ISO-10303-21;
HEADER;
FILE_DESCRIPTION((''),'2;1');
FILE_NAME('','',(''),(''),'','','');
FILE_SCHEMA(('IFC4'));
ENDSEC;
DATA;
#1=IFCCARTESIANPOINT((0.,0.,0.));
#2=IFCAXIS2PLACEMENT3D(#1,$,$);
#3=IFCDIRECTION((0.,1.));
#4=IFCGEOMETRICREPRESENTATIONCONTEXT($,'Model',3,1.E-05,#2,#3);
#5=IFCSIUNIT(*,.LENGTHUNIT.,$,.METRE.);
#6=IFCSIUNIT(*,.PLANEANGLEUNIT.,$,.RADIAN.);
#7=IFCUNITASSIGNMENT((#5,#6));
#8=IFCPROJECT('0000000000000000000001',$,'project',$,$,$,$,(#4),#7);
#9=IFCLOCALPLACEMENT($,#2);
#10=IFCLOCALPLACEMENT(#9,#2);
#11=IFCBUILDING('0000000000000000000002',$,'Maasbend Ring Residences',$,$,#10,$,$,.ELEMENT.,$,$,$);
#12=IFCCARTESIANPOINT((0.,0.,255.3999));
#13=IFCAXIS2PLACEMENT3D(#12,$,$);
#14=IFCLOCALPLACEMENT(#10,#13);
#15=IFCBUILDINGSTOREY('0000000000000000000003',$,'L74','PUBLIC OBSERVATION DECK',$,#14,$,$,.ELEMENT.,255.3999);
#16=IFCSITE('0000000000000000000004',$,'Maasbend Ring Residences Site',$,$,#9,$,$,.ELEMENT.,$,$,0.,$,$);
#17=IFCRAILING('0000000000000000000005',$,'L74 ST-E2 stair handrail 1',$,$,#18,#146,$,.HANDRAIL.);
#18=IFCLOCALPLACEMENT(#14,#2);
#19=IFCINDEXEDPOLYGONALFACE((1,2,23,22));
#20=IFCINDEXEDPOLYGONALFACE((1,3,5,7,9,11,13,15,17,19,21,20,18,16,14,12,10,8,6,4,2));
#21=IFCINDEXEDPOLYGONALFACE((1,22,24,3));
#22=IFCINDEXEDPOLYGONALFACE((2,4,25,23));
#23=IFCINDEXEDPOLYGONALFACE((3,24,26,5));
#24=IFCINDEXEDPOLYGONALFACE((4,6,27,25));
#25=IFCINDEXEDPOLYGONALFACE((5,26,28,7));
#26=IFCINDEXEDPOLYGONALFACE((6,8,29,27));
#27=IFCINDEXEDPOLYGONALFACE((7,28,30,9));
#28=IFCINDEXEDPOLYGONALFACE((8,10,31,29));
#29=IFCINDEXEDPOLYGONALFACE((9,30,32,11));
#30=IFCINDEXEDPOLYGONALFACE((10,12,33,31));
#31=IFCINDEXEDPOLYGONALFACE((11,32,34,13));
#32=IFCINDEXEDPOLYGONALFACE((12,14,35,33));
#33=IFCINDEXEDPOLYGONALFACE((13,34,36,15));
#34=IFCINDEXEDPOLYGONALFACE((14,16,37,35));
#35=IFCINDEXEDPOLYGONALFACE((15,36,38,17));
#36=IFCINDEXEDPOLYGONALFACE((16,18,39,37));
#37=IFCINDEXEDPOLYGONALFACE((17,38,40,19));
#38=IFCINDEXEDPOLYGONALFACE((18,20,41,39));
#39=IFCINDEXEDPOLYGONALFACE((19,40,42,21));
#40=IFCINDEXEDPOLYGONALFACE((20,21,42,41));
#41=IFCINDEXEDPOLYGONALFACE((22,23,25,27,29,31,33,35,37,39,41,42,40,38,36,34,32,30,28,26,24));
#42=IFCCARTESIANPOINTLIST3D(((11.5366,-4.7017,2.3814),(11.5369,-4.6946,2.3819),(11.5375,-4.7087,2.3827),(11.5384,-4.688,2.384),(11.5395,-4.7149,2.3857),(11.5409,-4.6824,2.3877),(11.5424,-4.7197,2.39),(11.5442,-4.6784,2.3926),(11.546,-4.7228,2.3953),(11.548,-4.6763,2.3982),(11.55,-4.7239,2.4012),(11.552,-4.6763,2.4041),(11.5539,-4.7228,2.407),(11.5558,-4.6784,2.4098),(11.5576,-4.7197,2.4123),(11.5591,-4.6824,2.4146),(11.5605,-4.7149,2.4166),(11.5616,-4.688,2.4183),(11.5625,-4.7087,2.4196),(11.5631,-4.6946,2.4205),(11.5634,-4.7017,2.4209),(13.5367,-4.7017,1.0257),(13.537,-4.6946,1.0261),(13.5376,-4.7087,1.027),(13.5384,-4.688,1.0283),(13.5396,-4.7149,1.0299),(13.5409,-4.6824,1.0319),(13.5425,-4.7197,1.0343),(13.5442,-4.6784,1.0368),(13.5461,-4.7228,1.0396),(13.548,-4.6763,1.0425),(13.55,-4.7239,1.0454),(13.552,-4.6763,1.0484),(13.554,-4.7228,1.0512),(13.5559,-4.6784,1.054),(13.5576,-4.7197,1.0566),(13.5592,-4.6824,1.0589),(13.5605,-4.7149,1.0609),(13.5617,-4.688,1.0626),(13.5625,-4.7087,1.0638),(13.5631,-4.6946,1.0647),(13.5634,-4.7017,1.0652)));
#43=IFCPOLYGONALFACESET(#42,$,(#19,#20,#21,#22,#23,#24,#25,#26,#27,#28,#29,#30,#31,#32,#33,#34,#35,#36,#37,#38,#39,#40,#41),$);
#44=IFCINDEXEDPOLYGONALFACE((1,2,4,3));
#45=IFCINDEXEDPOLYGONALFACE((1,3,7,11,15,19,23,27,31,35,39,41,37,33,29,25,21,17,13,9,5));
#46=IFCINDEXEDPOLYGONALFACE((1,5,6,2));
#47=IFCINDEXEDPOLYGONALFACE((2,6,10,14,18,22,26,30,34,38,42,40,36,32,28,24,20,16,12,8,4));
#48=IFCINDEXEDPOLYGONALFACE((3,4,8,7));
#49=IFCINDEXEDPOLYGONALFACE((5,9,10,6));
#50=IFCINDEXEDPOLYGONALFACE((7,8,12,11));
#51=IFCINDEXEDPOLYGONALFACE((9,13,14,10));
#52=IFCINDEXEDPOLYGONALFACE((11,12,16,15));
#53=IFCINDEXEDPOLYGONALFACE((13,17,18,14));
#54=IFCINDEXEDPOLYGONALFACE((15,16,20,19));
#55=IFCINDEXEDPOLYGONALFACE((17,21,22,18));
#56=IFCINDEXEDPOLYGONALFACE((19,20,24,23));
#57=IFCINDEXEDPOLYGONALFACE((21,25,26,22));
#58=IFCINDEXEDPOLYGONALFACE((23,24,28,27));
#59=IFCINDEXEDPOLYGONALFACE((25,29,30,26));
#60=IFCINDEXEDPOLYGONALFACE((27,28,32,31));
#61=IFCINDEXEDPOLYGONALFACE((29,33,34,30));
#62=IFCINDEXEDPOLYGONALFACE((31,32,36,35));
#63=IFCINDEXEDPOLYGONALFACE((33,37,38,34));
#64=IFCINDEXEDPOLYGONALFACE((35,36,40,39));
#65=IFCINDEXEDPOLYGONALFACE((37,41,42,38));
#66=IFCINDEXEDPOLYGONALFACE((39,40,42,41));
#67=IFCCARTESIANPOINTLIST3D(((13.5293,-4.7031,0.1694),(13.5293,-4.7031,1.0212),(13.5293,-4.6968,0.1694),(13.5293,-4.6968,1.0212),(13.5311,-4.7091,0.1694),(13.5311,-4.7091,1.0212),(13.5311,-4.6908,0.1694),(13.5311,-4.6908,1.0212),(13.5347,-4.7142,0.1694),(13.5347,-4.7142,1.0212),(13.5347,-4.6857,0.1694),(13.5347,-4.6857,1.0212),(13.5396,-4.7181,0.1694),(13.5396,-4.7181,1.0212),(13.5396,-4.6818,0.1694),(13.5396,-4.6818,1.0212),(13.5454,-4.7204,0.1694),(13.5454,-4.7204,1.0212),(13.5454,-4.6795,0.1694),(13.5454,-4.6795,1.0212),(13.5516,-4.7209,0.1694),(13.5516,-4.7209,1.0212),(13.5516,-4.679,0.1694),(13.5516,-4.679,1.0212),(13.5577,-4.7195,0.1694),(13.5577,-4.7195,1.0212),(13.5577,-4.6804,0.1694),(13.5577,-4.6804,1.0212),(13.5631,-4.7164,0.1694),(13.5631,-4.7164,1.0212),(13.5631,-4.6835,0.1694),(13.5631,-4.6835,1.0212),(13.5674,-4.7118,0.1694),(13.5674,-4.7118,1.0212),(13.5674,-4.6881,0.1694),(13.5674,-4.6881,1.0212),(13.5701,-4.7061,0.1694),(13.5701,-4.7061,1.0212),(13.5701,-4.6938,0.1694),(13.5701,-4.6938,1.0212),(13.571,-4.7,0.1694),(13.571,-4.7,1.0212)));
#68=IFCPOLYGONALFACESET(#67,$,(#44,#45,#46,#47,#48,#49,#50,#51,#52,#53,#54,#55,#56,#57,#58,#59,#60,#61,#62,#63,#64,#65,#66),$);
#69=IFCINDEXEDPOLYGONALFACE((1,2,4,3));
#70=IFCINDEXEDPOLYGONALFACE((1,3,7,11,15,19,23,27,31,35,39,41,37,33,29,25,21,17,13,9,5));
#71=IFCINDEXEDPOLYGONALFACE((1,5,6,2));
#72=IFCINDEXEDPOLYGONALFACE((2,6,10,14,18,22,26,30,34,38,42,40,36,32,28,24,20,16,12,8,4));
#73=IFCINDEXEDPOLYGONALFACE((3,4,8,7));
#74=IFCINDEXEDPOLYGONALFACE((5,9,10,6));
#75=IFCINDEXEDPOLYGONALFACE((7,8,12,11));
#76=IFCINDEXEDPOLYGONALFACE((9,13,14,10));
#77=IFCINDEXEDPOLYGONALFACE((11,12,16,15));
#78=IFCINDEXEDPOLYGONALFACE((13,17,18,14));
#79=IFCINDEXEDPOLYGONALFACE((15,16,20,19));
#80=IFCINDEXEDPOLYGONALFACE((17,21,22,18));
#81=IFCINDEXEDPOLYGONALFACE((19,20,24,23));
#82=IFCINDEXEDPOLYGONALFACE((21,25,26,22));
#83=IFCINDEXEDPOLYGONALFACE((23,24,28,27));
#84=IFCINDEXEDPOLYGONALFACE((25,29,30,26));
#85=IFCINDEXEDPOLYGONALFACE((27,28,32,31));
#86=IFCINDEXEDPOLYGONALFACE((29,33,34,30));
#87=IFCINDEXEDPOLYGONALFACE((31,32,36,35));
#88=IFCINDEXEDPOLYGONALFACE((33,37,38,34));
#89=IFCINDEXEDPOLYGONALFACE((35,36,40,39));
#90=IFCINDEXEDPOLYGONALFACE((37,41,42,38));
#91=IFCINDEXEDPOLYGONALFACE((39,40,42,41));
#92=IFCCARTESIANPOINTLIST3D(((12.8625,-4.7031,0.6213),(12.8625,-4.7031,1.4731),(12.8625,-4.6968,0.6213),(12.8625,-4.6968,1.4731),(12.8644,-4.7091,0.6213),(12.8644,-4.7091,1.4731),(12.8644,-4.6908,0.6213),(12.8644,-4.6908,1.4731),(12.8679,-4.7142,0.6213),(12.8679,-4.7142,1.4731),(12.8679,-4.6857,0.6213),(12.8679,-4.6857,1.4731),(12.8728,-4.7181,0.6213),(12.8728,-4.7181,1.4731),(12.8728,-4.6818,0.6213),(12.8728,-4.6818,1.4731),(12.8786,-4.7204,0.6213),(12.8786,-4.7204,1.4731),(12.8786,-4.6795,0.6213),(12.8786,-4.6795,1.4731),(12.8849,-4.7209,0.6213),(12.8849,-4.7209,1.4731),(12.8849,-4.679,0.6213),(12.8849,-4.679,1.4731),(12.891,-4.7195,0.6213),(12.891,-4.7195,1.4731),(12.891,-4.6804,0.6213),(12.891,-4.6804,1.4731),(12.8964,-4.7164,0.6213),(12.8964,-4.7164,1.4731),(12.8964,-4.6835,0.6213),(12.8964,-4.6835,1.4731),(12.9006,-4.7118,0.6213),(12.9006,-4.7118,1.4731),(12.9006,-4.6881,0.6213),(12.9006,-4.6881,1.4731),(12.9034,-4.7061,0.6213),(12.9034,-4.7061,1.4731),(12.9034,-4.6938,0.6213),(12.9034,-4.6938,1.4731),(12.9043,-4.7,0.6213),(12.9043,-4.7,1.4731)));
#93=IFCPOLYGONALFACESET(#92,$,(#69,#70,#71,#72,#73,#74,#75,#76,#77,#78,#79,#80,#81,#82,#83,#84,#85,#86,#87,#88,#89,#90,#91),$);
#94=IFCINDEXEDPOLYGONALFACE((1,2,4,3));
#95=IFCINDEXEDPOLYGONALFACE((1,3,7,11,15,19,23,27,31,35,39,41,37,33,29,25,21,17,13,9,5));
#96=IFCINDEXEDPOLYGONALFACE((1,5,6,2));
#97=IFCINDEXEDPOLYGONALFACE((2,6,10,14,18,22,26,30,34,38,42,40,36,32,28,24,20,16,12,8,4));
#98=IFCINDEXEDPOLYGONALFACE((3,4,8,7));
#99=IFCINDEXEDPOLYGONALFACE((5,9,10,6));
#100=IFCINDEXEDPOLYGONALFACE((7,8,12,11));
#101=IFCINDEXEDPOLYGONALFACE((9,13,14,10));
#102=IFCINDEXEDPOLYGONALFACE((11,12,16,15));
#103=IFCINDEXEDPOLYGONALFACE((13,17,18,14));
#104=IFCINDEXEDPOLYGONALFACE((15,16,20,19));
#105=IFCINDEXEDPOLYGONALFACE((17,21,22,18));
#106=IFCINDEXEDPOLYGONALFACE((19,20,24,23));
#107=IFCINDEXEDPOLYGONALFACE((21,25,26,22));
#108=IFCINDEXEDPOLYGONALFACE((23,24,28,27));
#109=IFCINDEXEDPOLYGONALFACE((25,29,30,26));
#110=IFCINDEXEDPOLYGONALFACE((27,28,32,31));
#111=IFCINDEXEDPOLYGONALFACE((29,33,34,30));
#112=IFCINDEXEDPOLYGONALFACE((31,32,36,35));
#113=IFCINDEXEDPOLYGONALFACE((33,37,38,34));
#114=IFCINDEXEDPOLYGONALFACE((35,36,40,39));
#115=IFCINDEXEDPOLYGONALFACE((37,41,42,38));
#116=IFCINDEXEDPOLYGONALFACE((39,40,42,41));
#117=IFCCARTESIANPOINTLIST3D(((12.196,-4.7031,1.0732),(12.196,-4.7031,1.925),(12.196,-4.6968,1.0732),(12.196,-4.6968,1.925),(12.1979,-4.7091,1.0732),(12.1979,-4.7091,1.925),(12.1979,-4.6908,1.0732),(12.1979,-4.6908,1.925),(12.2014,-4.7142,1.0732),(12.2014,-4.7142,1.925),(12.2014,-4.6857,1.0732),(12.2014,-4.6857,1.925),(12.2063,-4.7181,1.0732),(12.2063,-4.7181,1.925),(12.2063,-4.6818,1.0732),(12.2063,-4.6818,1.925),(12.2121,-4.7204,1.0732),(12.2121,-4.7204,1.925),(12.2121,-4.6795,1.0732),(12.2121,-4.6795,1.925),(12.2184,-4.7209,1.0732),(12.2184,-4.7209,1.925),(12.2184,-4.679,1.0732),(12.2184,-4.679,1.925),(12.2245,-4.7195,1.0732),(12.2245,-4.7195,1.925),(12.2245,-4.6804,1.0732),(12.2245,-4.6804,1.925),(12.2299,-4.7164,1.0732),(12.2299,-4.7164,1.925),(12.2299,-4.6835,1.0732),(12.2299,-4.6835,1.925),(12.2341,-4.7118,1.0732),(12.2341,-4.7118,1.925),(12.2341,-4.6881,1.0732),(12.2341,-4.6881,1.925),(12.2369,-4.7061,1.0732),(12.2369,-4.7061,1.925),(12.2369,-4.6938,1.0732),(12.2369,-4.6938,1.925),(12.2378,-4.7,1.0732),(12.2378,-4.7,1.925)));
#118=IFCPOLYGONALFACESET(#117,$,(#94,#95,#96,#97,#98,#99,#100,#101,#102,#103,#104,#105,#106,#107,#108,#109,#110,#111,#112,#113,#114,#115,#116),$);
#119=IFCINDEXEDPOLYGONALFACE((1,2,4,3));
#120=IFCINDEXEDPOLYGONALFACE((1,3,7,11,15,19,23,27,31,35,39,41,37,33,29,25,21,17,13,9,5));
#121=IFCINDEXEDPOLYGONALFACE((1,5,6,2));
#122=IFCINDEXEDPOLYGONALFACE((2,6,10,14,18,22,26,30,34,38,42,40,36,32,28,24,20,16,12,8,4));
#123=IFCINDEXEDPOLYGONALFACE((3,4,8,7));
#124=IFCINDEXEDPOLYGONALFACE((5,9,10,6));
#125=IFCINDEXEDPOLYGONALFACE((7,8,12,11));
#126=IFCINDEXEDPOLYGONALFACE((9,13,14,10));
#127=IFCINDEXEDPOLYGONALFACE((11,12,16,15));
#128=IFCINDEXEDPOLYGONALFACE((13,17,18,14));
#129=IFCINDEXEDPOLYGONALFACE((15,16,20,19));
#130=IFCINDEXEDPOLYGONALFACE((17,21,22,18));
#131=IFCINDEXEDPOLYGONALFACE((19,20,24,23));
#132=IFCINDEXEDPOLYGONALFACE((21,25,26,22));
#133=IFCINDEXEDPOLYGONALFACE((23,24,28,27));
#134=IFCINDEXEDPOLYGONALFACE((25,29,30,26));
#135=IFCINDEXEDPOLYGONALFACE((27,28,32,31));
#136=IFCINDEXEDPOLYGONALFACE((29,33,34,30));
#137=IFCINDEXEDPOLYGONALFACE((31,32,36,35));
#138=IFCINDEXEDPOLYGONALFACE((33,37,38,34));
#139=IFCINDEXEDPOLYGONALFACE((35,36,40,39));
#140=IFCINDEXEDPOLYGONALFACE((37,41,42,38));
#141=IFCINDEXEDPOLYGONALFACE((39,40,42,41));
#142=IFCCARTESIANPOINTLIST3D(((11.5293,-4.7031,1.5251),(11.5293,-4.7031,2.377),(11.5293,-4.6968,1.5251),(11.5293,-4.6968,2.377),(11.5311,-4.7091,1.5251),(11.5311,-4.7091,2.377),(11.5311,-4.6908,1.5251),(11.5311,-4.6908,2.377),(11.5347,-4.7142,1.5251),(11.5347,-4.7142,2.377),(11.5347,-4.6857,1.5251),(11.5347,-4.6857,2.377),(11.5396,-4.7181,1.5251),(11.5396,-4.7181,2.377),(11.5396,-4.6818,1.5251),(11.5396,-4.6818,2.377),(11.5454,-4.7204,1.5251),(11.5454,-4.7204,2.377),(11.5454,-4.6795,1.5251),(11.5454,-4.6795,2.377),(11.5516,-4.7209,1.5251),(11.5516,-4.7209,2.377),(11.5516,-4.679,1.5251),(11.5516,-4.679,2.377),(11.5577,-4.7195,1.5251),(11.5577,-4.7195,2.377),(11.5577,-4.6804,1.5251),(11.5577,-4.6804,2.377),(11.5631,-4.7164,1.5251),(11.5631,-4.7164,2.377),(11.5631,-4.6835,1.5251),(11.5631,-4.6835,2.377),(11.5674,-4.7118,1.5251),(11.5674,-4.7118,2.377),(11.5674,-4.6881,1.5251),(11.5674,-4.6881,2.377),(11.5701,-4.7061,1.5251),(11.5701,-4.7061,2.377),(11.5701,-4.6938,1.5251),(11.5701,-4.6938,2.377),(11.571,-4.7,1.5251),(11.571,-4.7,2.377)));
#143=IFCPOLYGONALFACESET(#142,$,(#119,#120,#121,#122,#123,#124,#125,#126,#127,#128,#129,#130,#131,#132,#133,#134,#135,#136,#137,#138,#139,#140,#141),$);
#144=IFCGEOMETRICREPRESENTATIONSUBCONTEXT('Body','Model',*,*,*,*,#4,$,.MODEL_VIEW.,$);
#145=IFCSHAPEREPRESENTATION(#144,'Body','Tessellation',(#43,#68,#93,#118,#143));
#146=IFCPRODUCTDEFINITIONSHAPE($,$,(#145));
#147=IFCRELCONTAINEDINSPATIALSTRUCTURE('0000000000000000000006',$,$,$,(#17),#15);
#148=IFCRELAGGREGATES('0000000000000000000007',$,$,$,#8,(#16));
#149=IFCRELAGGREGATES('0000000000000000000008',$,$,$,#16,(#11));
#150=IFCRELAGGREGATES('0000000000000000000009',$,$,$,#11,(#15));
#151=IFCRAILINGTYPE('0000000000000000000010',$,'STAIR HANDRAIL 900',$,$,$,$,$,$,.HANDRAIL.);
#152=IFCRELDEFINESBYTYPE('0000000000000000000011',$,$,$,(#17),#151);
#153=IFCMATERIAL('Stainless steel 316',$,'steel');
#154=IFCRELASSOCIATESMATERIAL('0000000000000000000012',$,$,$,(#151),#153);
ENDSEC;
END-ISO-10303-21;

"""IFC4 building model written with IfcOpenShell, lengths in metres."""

from ifc_helpers import new_model, si_unit, direction, frame, origin, origin_2d, place, context, subcontext, project, spatial, circle, extrude, material, type_object, element, save


model = new_model("IFC4")

# Units and contexts
model_context = context("Model", 3, precision=1e-05, world=origin(), true_north=direction((0.0, 1.0)))
body_context = subcontext(model_context, "Body", "Model", "MODEL_VIEW")
ifc_project = project(units=[si_unit("LENGTHUNIT", "METRE"), si_unit("PLANEANGLEUNIT", "RADIAN")], contexts=[model_context])

# Site, building, storey
site_placement = place(None, origin())
site = spatial("IfcSite", under=ifc_project, at=site_placement, Name="Maasbend Ring Residences Site", CompositionType="ELEMENT", RefElevation=0.0)
building_placement = place(site_placement, origin())
building = spatial("IfcBuilding", under=site, at=building_placement, Name="Maasbend Ring Residences", CompositionType="ELEMENT")
storey_placement = place(building_placement, frame((0.0, 0.0, 255.3999)))
storey = spatial("IfcBuildingStorey", under=building, at=storey_placement, Name="L74", Description="PUBLIC OBSERVATION DECK", CompositionType="ELEMENT", Elevation=255.3999)

# Railing
ifc_material_1 = material(Name="Stainless steel 316", Category="steel")
railing_type_1 = type_object("IfcRailingType", Name="STAIR HANDRAIL 900", PredefinedType="HANDRAIL", material=ifc_material_1)
railing_1_placement = place(storey_placement, frame((13.55, -4.7, 0.1694)))
element("IfcRailing", 1, at=railing_1_placement, inside=storey, type_object=railing_type_1, Name="L74 ST-E2 stair handrail 1", PredefinedType="HANDRAIL", context=body_context, shape_type="SweptSolid", body=[
    extrude(circle(Radius=0.0239, at=origin_2d()), frame((0.0, 0.0, 0.876), z_axis=(-0.827751, 0.0, 0.561096), x_axis=(0.0, -1.0, 0.0)), (0.0, 0.0, 1.0), 2.4163),
    extrude(circle(Radius=0.021, at=origin_2d()), origin(), (0.0, 0.0, 1.0), 0.8518),
    extrude(circle(Radius=0.021, at=origin_2d()), frame((-0.6667, 0.0, 0.4519)), (0.0, 0.0, 1.0), 0.8518),
    extrude(circle(Radius=0.021, at=origin_2d()), frame((-1.3333, 0.0, 0.9038)), (0.0, 0.0, 1.0), 0.8518),
    extrude(circle(Radius=0.021, at=origin_2d()), frame((-2.0, 0.0, 1.3557)), (0.0, 0.0, 1.0), 0.8518),
])

save(model, "model.ifc")
